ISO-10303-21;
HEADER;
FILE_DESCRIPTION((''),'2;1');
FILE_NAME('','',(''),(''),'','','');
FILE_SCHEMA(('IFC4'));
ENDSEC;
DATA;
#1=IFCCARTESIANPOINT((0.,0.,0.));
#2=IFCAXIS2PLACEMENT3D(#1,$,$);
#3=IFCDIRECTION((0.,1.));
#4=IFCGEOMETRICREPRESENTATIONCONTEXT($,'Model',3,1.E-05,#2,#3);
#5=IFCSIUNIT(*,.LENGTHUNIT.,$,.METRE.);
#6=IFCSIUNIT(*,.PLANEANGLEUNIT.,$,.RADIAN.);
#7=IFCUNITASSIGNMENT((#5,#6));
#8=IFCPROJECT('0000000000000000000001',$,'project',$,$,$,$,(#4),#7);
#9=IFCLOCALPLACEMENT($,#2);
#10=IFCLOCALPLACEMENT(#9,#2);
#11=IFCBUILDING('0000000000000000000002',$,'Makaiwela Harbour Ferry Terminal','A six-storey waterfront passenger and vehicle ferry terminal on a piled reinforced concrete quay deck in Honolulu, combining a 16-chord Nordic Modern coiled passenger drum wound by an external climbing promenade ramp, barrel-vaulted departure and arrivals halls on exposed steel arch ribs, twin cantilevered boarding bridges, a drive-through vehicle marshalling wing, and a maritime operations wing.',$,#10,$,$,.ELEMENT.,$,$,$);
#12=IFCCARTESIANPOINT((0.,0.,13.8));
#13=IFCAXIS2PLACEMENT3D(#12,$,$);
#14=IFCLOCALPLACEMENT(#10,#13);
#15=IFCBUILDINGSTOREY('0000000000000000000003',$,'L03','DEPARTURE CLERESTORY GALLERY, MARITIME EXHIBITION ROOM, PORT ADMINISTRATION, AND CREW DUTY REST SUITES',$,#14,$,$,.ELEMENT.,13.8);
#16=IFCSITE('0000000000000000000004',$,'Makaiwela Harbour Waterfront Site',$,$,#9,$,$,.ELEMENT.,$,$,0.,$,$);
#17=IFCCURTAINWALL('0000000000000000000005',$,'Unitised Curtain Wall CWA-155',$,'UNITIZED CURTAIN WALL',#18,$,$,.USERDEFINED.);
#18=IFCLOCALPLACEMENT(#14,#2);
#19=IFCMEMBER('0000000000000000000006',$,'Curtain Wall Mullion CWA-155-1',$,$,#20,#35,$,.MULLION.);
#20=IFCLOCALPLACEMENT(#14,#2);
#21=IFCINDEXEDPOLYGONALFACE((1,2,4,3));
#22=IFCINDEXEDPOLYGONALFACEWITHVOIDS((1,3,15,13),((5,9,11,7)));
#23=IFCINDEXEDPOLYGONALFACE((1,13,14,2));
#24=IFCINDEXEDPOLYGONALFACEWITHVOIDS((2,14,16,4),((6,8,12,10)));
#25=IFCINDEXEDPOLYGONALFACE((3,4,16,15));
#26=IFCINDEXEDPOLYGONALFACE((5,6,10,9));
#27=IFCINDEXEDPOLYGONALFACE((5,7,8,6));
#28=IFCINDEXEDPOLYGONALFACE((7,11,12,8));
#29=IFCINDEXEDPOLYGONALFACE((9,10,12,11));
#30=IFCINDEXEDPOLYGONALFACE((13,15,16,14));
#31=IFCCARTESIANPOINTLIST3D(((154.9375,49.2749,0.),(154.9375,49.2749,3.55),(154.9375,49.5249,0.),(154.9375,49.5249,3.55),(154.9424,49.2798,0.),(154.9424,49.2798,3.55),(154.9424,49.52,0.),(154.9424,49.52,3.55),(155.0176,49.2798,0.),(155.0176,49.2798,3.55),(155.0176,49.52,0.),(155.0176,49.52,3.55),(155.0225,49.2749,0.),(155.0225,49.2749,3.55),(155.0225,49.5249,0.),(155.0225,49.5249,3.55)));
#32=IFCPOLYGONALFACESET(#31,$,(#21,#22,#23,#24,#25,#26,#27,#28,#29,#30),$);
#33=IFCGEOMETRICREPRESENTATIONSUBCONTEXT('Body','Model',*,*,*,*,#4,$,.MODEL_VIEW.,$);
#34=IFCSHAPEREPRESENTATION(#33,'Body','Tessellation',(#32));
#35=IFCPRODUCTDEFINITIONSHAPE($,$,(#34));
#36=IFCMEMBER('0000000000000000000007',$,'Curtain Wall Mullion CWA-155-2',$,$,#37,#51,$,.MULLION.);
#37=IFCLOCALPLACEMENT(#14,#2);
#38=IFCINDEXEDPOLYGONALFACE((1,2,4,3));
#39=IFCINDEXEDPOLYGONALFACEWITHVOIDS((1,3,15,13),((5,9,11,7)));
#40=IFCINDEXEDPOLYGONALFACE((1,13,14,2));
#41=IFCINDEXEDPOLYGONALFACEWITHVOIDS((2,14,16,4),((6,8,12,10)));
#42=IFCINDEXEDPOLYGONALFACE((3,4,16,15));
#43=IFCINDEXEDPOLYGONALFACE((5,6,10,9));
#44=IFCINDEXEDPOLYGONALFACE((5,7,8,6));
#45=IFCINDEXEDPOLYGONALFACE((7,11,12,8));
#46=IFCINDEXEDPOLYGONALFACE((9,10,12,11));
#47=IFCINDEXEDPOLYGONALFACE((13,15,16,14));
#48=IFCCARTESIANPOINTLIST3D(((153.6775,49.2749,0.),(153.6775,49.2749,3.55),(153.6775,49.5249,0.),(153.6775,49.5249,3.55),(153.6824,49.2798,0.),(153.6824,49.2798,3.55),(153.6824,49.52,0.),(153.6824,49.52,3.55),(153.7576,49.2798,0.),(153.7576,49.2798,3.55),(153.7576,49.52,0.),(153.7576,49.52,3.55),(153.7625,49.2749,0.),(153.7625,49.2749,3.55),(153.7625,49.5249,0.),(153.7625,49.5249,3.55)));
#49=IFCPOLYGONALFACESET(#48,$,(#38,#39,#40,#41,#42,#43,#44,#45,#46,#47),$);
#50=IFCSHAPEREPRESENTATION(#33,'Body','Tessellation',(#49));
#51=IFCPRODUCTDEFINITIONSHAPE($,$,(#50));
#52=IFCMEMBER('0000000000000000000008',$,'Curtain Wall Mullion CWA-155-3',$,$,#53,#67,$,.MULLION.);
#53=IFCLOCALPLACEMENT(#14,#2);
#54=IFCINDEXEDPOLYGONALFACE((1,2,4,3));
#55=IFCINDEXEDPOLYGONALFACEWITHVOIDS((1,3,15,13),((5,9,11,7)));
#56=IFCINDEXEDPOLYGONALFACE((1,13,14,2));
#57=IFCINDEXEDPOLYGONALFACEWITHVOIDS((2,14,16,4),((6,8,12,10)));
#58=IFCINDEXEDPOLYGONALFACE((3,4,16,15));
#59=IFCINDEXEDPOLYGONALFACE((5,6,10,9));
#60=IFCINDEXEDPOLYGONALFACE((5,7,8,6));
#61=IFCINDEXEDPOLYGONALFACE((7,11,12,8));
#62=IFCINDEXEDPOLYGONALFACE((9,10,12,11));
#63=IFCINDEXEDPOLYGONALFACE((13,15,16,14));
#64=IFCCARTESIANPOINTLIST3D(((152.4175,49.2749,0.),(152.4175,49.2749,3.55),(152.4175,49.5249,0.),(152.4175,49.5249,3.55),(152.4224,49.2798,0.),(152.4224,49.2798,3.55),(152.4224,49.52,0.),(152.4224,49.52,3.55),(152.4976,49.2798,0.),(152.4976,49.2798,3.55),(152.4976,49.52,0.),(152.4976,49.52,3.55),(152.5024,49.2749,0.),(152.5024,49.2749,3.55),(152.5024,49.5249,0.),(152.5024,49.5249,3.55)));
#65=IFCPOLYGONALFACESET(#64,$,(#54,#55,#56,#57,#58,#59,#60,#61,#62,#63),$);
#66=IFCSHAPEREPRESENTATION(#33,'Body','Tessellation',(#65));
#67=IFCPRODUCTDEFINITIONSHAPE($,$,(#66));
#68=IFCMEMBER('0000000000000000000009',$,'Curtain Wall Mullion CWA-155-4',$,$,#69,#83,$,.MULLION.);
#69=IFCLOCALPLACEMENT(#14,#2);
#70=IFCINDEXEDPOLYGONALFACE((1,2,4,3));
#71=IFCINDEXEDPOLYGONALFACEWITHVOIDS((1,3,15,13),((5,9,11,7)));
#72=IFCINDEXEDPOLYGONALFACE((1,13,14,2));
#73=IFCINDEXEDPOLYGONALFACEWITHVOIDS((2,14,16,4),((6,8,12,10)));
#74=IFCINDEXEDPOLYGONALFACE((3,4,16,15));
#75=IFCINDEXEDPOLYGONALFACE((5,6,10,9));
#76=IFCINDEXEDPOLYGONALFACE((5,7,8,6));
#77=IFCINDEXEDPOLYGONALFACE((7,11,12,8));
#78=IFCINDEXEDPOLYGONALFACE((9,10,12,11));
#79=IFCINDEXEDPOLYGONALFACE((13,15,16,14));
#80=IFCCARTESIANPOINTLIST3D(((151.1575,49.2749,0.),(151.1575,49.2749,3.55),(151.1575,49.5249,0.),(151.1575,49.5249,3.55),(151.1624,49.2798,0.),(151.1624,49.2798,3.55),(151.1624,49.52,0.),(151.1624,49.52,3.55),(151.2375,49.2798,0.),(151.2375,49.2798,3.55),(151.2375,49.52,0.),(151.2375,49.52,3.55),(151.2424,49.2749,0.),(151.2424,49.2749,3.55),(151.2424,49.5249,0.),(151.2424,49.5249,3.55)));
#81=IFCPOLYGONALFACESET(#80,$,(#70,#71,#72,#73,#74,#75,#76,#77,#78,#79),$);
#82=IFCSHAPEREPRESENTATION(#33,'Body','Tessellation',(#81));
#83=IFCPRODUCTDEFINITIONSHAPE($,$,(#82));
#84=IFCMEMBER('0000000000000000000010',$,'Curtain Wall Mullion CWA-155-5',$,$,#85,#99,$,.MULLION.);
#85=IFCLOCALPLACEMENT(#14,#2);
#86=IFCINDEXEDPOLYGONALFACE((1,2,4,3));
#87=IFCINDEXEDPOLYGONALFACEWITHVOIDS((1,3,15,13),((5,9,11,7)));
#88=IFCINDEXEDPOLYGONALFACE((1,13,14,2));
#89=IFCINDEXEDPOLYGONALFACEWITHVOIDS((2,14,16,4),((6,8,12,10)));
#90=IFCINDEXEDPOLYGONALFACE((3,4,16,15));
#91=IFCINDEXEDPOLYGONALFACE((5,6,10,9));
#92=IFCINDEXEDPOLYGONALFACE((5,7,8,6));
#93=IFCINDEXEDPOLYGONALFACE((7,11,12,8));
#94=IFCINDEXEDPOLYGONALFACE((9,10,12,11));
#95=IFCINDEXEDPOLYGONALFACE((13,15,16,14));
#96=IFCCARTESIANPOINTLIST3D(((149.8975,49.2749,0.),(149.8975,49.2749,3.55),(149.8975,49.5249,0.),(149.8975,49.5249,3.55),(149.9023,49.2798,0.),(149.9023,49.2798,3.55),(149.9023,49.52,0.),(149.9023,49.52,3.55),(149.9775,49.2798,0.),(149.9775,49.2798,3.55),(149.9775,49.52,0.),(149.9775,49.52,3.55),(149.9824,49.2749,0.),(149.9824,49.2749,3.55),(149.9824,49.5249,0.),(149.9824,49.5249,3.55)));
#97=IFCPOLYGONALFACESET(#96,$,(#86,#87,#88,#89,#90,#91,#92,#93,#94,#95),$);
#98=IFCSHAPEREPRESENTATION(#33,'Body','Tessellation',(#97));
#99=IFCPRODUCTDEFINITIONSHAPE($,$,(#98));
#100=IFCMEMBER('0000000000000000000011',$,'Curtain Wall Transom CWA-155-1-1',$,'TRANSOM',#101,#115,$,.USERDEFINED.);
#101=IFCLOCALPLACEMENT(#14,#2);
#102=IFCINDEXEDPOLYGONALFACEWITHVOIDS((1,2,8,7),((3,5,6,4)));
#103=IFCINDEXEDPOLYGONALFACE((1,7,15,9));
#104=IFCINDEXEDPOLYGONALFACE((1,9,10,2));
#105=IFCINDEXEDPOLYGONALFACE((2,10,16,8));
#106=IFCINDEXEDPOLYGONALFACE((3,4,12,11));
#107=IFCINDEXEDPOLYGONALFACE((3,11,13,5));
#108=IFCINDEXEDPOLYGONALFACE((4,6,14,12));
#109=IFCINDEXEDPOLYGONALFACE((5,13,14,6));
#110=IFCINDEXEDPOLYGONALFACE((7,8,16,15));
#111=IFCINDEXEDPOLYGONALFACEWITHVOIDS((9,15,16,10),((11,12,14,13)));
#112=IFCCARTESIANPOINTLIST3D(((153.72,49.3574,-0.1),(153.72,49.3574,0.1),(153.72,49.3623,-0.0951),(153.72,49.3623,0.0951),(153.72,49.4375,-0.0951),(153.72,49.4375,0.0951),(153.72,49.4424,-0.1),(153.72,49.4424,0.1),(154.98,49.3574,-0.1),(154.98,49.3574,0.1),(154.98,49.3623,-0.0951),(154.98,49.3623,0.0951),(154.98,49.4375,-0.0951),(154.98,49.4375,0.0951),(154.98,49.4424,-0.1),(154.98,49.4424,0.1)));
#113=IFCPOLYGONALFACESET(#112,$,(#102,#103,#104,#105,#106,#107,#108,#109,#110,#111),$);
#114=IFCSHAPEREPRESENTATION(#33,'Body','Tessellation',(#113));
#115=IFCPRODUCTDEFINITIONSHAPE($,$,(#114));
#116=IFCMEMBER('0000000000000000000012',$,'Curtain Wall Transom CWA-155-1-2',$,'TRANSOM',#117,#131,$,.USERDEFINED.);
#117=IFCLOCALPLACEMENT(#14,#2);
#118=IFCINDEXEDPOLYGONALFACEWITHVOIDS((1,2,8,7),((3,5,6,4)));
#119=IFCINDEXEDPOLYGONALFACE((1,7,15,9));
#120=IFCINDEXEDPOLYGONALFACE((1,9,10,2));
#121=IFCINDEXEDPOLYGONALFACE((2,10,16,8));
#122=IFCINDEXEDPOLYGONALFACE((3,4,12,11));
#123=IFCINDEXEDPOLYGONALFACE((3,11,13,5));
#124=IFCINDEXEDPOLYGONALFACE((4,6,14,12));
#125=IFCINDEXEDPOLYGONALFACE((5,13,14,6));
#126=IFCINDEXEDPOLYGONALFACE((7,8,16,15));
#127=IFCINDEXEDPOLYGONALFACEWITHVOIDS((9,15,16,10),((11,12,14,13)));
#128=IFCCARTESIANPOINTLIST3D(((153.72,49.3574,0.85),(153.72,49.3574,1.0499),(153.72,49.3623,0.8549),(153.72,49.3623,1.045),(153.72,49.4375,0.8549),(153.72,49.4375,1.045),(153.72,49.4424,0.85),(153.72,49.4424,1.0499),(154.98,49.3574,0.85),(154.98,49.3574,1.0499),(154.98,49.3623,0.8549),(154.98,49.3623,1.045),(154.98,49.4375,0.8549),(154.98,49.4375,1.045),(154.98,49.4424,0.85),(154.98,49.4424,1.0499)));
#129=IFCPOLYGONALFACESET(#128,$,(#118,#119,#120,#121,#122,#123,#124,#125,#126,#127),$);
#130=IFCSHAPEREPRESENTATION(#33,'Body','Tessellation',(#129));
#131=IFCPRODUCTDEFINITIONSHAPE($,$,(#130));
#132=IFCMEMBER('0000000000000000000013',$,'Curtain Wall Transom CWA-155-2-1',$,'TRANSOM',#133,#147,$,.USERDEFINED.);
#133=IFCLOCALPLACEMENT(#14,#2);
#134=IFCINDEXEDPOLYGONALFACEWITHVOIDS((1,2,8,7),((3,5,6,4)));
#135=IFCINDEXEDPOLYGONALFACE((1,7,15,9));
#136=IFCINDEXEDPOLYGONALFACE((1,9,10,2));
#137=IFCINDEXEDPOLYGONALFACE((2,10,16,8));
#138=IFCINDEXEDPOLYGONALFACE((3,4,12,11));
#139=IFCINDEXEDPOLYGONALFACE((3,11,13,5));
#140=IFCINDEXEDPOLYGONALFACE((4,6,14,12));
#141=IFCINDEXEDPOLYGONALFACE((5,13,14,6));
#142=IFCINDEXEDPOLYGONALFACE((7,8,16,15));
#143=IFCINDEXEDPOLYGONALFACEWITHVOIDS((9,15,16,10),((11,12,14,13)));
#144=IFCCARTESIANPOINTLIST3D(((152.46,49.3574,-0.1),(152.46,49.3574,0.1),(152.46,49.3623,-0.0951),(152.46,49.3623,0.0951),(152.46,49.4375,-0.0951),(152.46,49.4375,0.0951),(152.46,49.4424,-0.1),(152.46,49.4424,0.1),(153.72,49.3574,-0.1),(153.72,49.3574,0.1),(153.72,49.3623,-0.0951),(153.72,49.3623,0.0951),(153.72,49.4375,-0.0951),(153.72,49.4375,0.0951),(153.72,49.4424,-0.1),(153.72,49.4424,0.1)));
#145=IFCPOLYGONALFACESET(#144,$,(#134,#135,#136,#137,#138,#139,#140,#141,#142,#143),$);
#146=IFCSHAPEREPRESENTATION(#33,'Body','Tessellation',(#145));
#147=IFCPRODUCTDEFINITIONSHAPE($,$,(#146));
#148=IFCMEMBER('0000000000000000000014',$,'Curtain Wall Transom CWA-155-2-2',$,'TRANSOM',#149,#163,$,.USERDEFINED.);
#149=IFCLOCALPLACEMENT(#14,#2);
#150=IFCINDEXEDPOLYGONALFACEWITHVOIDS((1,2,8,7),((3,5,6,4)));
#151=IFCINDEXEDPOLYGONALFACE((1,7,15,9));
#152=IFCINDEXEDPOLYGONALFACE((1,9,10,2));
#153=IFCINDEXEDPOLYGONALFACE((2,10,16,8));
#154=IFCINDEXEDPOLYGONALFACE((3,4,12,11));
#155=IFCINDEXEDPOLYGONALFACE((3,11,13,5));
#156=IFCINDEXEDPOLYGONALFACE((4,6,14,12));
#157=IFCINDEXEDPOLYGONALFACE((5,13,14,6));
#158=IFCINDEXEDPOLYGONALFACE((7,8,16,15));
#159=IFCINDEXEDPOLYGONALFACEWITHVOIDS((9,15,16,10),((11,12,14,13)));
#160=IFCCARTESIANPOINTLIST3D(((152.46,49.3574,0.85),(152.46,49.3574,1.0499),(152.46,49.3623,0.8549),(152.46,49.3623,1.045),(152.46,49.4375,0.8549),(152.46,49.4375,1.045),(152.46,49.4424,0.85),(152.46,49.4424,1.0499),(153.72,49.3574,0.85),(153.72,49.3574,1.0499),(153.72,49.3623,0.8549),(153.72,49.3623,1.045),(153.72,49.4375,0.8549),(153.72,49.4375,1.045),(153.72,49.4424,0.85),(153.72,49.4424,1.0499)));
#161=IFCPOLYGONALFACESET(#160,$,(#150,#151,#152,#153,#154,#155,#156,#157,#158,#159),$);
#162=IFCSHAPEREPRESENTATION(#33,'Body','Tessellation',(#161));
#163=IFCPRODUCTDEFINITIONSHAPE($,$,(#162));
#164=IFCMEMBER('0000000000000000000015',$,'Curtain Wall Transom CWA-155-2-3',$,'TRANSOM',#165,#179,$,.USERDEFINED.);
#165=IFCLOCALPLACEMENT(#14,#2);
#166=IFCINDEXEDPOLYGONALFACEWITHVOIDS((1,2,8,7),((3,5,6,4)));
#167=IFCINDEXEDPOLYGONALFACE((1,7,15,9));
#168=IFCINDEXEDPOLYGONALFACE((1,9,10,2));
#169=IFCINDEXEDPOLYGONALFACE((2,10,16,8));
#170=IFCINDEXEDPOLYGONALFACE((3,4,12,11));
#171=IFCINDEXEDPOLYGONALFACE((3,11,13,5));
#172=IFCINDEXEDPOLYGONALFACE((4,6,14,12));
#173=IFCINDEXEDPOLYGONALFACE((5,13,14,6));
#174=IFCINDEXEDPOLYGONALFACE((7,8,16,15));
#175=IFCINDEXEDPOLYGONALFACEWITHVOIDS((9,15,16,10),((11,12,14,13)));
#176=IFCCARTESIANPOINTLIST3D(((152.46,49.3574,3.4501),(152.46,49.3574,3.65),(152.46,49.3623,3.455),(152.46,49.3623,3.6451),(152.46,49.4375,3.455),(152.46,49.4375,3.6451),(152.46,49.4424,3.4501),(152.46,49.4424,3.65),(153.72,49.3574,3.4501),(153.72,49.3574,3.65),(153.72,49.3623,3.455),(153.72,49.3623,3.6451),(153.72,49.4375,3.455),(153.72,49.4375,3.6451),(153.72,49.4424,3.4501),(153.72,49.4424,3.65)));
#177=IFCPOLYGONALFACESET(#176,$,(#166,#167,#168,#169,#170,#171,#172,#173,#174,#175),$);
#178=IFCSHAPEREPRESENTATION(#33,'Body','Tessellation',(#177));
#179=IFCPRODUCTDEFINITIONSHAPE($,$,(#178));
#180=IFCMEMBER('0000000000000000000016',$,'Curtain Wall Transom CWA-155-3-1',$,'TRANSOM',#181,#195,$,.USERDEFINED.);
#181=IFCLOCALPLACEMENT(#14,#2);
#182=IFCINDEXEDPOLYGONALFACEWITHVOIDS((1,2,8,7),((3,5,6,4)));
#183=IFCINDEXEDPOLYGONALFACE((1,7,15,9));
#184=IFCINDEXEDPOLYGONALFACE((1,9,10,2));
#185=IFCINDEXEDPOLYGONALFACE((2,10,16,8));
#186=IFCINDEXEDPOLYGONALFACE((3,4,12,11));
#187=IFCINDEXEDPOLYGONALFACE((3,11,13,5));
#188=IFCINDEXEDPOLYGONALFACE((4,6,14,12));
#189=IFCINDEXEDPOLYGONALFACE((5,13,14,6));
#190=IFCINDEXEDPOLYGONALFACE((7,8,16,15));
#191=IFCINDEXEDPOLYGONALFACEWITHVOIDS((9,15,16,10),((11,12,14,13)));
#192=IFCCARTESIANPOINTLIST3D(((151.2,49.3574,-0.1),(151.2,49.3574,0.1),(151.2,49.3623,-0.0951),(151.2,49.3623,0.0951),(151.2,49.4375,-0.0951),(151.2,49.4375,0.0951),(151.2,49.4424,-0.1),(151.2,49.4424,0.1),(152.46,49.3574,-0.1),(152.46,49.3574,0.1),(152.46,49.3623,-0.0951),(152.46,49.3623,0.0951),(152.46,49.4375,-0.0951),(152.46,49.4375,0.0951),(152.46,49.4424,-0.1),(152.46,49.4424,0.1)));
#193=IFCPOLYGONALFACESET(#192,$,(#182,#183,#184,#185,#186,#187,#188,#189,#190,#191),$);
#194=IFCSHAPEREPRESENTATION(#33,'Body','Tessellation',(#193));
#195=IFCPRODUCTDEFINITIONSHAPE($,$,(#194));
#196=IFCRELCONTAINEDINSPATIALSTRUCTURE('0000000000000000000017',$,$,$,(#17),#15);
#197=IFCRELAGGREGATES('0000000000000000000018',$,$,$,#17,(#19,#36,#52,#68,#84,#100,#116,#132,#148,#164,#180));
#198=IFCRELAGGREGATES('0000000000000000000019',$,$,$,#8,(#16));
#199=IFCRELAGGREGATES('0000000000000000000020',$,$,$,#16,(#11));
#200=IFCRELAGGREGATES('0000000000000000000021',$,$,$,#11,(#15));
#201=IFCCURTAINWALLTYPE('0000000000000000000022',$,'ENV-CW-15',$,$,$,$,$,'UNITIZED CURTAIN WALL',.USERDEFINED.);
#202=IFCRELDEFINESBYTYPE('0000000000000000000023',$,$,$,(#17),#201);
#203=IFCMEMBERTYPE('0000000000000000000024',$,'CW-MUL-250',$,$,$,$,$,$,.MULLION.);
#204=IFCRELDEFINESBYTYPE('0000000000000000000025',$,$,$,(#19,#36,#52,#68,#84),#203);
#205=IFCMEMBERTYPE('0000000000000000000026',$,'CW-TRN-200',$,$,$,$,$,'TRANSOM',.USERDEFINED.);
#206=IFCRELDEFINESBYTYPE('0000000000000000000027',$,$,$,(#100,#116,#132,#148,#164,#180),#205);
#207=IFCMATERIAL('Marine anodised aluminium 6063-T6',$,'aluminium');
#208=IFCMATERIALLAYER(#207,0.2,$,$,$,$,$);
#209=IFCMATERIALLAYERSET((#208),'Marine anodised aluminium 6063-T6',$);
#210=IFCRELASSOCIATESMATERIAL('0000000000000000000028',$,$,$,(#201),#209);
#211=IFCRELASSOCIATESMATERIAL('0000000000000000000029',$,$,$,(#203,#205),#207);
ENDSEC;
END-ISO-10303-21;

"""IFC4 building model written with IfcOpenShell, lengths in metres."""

from ifc_helpers import new_model, si_unit, direction, frame, origin, origin_2d, place, context, subcontext, project, spatial, hollow_rectangle, extrude, material, layer, layer_set, material_profile, profile_set, type_object, element, aggregate, save


model = new_model("IFC4")

# Units and contexts
model_context = context("Model", 3, precision=1e-05, world=origin(), true_north=direction((0.0, 1.0)))
body_context = subcontext(model_context, "Body", "Model", "MODEL_VIEW")
ifc_project = project(units=[si_unit("LENGTHUNIT", "METRE"), si_unit("PLANEANGLEUNIT", "RADIAN")], contexts=[model_context])

# Site, building, storey
site_placement = place(None, origin())
site = spatial("IfcSite", under=ifc_project, at=site_placement, Name="Makaiwela Harbour Waterfront Site", CompositionType="ELEMENT", RefElevation=0.0)
building_placement = place(site_placement, origin())
building = spatial("IfcBuilding", under=site, at=building_placement, Name="Makaiwela Harbour Ferry Terminal", Description="A six-storey waterfront passenger and vehicle ferry terminal on a piled reinforced concrete quay deck in Honolulu, combining a 16-chord Nordic Modern coiled passenger drum wound by an external climbing promenade ramp, barrel-vaulted departure and arrivals halls on exposed steel arch ribs, twin cantilevered boarding bridges, a drive-through vehicle marshalling wing, and a maritime operations wing.", CompositionType="ELEMENT")
storey_placement = place(building_placement, frame((0.0, 0.0, 13.8)))
storey = spatial("IfcBuildingStorey", under=building, at=storey_placement, Name="L03", Description="DEPARTURE CLERESTORY GALLERY, MARITIME EXHIBITION ROOM, PORT ADMINISTRATION, AND CREW DUTY REST SUITES", CompositionType="ELEMENT", Elevation=13.8)

# Curtain wall, members
ifc_material_1 = material(Name="Marine anodised aluminium 6063-T6", Category="aluminium")
ifc_layer_1 = layer(ifc_material_1, 0.2)
ifc_layer_set_1 = layer_set([ifc_layer_1], Name="Marine anodised aluminium 6063-T6")
curtain_wall_type = type_object("IfcCurtainWallType", Name="ENV-CW-15", ElementType="UNITIZED CURTAIN WALL", PredefinedType="USERDEFINED", material=ifc_layer_set_1)
curtain_wall_placement = place(storey_placement, origin())
curtain_wall = element("IfcCurtainWall", 1, at=curtain_wall_placement, inside=storey, type_object=curtain_wall_type, Name="Unitised Curtain Wall CWA-155", ObjectType="UNITIZED CURTAIN WALL", PredefinedType="USERDEFINED")
ifc_material_profile_1 = material_profile(ifc_material_1, hollow_rectangle(XDim=0.085, YDim=0.25, WallThickness=0.0049, at=origin_2d()), Name="CWM-250X85")
ifc_profile_set_1 = profile_set([ifc_material_profile_1], Name="Marine anodised aluminium 6063-T6")
member_type_1 = type_object("IfcMemberType", Name="CW-MUL-250", PredefinedType="MULLION", material=ifc_profile_set_1)
member_1_placement = place(storey_placement, frame((154.98, 49.3999, 0.0), z_axis=(0.0, 0.0, 1.0), x_axis=(1.0, 0.0, 0.0)))
member_1 = element("IfcMember", 2, at=member_1_placement, type_object=member_type_1, Name="Curtain Wall Mullion CWA-155-1", PredefinedType="MULLION", context=body_context, shape_type="SweptSolid", body=[
    extrude(hollow_rectangle(XDim=0.085, YDim=0.25, WallThickness=0.0049, at=origin_2d()), origin(), (0.0, 0.0, 1.0), 3.55),
])
member_2_placement = place(storey_placement, frame((153.72, 49.3999, 0.0), z_axis=(0.0, 0.0, 1.0), x_axis=(1.0, 0.0, 0.0)))
member_2 = element("IfcMember", 3, at=member_2_placement, type_object=member_type_1, Name="Curtain Wall Mullion CWA-155-2", PredefinedType="MULLION", context=body_context, shape_type="SweptSolid", body=[
    extrude(hollow_rectangle(XDim=0.085, YDim=0.25, WallThickness=0.0049, at=origin_2d()), origin(), (0.0, 0.0, 1.0), 3.55),
])
member_3_placement = place(storey_placement, frame((152.46, 49.3999, 0.0), z_axis=(0.0, 0.0, 1.0), x_axis=(1.0, 0.0, 0.0)))
member_3 = element("IfcMember", 4, at=member_3_placement, type_object=member_type_1, Name="Curtain Wall Mullion CWA-155-3", PredefinedType="MULLION", context=body_context, shape_type="SweptSolid", body=[
    extrude(hollow_rectangle(XDim=0.085, YDim=0.25, WallThickness=0.0049, at=origin_2d()), origin(), (0.0, 0.0, 1.0), 3.55),
])
member_4_placement = place(storey_placement, frame((151.2, 49.3999, 0.0), z_axis=(0.0, 0.0, 1.0), x_axis=(1.0, 0.0, 0.0)))
member_4 = element("IfcMember", 5, at=member_4_placement, type_object=member_type_1, Name="Curtain Wall Mullion CWA-155-4", PredefinedType="MULLION", context=body_context, shape_type="SweptSolid", body=[
    extrude(hollow_rectangle(XDim=0.085, YDim=0.25, WallThickness=0.0049, at=origin_2d()), origin(), (0.0, 0.0, 1.0), 3.55),
])
member_5_placement = place(storey_placement, frame((149.9399, 49.3999, 0.0), z_axis=(0.0, 0.0, 1.0), x_axis=(1.0, 0.0, 0.0)))
member_5 = element("IfcMember", 6, at=member_5_placement, type_object=member_type_1, Name="Curtain Wall Mullion CWA-155-5", PredefinedType="MULLION", context=body_context, shape_type="SweptSolid", body=[
    extrude(hollow_rectangle(XDim=0.085, YDim=0.25, WallThickness=0.0049, at=origin_2d()), origin(), (0.0, 0.0, 1.0), 3.55),
])
ifc_material_profile_2 = material_profile(ifc_material_1, hollow_rectangle(XDim=0.085, YDim=0.2, WallThickness=0.0049, at=origin_2d()), Name="CWT-200X85")
ifc_profile_set_2 = profile_set([ifc_material_profile_2], Name="Marine anodised aluminium 6063-T6")
member_type_2 = type_object("IfcMemberType", Name="CW-TRN-200", ElementType="TRANSOM", PredefinedType="USERDEFINED", material=ifc_profile_set_2)
member_6_placement = place(storey_placement, frame((154.98, 49.3999, 0.0), z_axis=(-1.0, 0.0, 0.0), x_axis=(0.0, -1.0, 0.0)))
member_6 = element("IfcMember", 7, at=member_6_placement, type_object=member_type_2, Name="Curtain Wall Transom CWA-155-1-1", ObjectType="TRANSOM", PredefinedType="USERDEFINED", context=body_context, shape_type="SweptSolid", body=[
    extrude(hollow_rectangle(XDim=0.085, YDim=0.2, WallThickness=0.0049, at=origin_2d()), origin(), (0.0, 0.0, 1.0), 1.26),
])
member_7_placement = place(storey_placement, frame((154.98, 49.3999, 0.95), z_axis=(-1.0, 0.0, 0.0), x_axis=(0.0, -1.0, 0.0)))
member_7 = element("IfcMember", 8, at=member_7_placement, type_object=member_type_2, Name="Curtain Wall Transom CWA-155-1-2", ObjectType="TRANSOM", PredefinedType="USERDEFINED", context=body_context, shape_type="SweptSolid", body=[
    extrude(hollow_rectangle(XDim=0.085, YDim=0.2, WallThickness=0.0049, at=origin_2d()), origin(), (0.0, 0.0, 1.0), 1.26),
])
member_8_placement = place(storey_placement, frame((153.72, 49.3999, 0.0), z_axis=(-1.0, 0.0, 0.0), x_axis=(0.0, -1.0, 0.0)))
member_8 = element("IfcMember", 9, at=member_8_placement, type_object=member_type_2, Name="Curtain Wall Transom CWA-155-2-1", ObjectType="TRANSOM", PredefinedType="USERDEFINED", context=body_context, shape_type="SweptSolid", body=[
    extrude(hollow_rectangle(XDim=0.085, YDim=0.2, WallThickness=0.0049, at=origin_2d()), origin(), (0.0, 0.0, 1.0), 1.26),
])
member_9_placement = place(storey_placement, frame((153.72, 49.3999, 0.95), z_axis=(-1.0, 0.0, 0.0), x_axis=(0.0, -1.0, 0.0)))
member_9 = element("IfcMember", 10, at=member_9_placement, type_object=member_type_2, Name="Curtain Wall Transom CWA-155-2-2", ObjectType="TRANSOM", PredefinedType="USERDEFINED", context=body_context, shape_type="SweptSolid", body=[
    extrude(hollow_rectangle(XDim=0.085, YDim=0.2, WallThickness=0.0049, at=origin_2d()), origin(), (0.0, 0.0, 1.0), 1.26),
])
member_10_placement = place(storey_placement, frame((153.72, 49.3999, 3.55), z_axis=(-1.0, 0.0, 0.0), x_axis=(0.0, -1.0, 0.0)))
member_10 = element("IfcMember", 11, at=member_10_placement, type_object=member_type_2, Name="Curtain Wall Transom CWA-155-2-3", ObjectType="TRANSOM", PredefinedType="USERDEFINED", context=body_context, shape_type="SweptSolid", body=[
    extrude(hollow_rectangle(XDim=0.085, YDim=0.2, WallThickness=0.0049, at=origin_2d()), origin(), (0.0, 0.0, 1.0), 1.26),
])
member_11_placement = place(storey_placement, frame((152.46, 49.3999, 0.0), z_axis=(-1.0, 0.0, 0.0), x_axis=(0.0, -1.0, 0.0)))
member_11 = element("IfcMember", 12, at=member_11_placement, type_object=member_type_2, Name="Curtain Wall Transom CWA-155-3-1", ObjectType="TRANSOM", PredefinedType="USERDEFINED", context=body_context, shape_type="SweptSolid", body=[
    extrude(hollow_rectangle(XDim=0.085, YDim=0.2, WallThickness=0.0049, at=origin_2d()), origin(), (0.0, 0.0, 1.0), 1.26),
])
aggregate(curtain_wall, [member_1, member_2, member_3, member_4, member_5, member_6, member_7, member_8, member_9, member_10, member_11])

save(model, "model.ifc")
